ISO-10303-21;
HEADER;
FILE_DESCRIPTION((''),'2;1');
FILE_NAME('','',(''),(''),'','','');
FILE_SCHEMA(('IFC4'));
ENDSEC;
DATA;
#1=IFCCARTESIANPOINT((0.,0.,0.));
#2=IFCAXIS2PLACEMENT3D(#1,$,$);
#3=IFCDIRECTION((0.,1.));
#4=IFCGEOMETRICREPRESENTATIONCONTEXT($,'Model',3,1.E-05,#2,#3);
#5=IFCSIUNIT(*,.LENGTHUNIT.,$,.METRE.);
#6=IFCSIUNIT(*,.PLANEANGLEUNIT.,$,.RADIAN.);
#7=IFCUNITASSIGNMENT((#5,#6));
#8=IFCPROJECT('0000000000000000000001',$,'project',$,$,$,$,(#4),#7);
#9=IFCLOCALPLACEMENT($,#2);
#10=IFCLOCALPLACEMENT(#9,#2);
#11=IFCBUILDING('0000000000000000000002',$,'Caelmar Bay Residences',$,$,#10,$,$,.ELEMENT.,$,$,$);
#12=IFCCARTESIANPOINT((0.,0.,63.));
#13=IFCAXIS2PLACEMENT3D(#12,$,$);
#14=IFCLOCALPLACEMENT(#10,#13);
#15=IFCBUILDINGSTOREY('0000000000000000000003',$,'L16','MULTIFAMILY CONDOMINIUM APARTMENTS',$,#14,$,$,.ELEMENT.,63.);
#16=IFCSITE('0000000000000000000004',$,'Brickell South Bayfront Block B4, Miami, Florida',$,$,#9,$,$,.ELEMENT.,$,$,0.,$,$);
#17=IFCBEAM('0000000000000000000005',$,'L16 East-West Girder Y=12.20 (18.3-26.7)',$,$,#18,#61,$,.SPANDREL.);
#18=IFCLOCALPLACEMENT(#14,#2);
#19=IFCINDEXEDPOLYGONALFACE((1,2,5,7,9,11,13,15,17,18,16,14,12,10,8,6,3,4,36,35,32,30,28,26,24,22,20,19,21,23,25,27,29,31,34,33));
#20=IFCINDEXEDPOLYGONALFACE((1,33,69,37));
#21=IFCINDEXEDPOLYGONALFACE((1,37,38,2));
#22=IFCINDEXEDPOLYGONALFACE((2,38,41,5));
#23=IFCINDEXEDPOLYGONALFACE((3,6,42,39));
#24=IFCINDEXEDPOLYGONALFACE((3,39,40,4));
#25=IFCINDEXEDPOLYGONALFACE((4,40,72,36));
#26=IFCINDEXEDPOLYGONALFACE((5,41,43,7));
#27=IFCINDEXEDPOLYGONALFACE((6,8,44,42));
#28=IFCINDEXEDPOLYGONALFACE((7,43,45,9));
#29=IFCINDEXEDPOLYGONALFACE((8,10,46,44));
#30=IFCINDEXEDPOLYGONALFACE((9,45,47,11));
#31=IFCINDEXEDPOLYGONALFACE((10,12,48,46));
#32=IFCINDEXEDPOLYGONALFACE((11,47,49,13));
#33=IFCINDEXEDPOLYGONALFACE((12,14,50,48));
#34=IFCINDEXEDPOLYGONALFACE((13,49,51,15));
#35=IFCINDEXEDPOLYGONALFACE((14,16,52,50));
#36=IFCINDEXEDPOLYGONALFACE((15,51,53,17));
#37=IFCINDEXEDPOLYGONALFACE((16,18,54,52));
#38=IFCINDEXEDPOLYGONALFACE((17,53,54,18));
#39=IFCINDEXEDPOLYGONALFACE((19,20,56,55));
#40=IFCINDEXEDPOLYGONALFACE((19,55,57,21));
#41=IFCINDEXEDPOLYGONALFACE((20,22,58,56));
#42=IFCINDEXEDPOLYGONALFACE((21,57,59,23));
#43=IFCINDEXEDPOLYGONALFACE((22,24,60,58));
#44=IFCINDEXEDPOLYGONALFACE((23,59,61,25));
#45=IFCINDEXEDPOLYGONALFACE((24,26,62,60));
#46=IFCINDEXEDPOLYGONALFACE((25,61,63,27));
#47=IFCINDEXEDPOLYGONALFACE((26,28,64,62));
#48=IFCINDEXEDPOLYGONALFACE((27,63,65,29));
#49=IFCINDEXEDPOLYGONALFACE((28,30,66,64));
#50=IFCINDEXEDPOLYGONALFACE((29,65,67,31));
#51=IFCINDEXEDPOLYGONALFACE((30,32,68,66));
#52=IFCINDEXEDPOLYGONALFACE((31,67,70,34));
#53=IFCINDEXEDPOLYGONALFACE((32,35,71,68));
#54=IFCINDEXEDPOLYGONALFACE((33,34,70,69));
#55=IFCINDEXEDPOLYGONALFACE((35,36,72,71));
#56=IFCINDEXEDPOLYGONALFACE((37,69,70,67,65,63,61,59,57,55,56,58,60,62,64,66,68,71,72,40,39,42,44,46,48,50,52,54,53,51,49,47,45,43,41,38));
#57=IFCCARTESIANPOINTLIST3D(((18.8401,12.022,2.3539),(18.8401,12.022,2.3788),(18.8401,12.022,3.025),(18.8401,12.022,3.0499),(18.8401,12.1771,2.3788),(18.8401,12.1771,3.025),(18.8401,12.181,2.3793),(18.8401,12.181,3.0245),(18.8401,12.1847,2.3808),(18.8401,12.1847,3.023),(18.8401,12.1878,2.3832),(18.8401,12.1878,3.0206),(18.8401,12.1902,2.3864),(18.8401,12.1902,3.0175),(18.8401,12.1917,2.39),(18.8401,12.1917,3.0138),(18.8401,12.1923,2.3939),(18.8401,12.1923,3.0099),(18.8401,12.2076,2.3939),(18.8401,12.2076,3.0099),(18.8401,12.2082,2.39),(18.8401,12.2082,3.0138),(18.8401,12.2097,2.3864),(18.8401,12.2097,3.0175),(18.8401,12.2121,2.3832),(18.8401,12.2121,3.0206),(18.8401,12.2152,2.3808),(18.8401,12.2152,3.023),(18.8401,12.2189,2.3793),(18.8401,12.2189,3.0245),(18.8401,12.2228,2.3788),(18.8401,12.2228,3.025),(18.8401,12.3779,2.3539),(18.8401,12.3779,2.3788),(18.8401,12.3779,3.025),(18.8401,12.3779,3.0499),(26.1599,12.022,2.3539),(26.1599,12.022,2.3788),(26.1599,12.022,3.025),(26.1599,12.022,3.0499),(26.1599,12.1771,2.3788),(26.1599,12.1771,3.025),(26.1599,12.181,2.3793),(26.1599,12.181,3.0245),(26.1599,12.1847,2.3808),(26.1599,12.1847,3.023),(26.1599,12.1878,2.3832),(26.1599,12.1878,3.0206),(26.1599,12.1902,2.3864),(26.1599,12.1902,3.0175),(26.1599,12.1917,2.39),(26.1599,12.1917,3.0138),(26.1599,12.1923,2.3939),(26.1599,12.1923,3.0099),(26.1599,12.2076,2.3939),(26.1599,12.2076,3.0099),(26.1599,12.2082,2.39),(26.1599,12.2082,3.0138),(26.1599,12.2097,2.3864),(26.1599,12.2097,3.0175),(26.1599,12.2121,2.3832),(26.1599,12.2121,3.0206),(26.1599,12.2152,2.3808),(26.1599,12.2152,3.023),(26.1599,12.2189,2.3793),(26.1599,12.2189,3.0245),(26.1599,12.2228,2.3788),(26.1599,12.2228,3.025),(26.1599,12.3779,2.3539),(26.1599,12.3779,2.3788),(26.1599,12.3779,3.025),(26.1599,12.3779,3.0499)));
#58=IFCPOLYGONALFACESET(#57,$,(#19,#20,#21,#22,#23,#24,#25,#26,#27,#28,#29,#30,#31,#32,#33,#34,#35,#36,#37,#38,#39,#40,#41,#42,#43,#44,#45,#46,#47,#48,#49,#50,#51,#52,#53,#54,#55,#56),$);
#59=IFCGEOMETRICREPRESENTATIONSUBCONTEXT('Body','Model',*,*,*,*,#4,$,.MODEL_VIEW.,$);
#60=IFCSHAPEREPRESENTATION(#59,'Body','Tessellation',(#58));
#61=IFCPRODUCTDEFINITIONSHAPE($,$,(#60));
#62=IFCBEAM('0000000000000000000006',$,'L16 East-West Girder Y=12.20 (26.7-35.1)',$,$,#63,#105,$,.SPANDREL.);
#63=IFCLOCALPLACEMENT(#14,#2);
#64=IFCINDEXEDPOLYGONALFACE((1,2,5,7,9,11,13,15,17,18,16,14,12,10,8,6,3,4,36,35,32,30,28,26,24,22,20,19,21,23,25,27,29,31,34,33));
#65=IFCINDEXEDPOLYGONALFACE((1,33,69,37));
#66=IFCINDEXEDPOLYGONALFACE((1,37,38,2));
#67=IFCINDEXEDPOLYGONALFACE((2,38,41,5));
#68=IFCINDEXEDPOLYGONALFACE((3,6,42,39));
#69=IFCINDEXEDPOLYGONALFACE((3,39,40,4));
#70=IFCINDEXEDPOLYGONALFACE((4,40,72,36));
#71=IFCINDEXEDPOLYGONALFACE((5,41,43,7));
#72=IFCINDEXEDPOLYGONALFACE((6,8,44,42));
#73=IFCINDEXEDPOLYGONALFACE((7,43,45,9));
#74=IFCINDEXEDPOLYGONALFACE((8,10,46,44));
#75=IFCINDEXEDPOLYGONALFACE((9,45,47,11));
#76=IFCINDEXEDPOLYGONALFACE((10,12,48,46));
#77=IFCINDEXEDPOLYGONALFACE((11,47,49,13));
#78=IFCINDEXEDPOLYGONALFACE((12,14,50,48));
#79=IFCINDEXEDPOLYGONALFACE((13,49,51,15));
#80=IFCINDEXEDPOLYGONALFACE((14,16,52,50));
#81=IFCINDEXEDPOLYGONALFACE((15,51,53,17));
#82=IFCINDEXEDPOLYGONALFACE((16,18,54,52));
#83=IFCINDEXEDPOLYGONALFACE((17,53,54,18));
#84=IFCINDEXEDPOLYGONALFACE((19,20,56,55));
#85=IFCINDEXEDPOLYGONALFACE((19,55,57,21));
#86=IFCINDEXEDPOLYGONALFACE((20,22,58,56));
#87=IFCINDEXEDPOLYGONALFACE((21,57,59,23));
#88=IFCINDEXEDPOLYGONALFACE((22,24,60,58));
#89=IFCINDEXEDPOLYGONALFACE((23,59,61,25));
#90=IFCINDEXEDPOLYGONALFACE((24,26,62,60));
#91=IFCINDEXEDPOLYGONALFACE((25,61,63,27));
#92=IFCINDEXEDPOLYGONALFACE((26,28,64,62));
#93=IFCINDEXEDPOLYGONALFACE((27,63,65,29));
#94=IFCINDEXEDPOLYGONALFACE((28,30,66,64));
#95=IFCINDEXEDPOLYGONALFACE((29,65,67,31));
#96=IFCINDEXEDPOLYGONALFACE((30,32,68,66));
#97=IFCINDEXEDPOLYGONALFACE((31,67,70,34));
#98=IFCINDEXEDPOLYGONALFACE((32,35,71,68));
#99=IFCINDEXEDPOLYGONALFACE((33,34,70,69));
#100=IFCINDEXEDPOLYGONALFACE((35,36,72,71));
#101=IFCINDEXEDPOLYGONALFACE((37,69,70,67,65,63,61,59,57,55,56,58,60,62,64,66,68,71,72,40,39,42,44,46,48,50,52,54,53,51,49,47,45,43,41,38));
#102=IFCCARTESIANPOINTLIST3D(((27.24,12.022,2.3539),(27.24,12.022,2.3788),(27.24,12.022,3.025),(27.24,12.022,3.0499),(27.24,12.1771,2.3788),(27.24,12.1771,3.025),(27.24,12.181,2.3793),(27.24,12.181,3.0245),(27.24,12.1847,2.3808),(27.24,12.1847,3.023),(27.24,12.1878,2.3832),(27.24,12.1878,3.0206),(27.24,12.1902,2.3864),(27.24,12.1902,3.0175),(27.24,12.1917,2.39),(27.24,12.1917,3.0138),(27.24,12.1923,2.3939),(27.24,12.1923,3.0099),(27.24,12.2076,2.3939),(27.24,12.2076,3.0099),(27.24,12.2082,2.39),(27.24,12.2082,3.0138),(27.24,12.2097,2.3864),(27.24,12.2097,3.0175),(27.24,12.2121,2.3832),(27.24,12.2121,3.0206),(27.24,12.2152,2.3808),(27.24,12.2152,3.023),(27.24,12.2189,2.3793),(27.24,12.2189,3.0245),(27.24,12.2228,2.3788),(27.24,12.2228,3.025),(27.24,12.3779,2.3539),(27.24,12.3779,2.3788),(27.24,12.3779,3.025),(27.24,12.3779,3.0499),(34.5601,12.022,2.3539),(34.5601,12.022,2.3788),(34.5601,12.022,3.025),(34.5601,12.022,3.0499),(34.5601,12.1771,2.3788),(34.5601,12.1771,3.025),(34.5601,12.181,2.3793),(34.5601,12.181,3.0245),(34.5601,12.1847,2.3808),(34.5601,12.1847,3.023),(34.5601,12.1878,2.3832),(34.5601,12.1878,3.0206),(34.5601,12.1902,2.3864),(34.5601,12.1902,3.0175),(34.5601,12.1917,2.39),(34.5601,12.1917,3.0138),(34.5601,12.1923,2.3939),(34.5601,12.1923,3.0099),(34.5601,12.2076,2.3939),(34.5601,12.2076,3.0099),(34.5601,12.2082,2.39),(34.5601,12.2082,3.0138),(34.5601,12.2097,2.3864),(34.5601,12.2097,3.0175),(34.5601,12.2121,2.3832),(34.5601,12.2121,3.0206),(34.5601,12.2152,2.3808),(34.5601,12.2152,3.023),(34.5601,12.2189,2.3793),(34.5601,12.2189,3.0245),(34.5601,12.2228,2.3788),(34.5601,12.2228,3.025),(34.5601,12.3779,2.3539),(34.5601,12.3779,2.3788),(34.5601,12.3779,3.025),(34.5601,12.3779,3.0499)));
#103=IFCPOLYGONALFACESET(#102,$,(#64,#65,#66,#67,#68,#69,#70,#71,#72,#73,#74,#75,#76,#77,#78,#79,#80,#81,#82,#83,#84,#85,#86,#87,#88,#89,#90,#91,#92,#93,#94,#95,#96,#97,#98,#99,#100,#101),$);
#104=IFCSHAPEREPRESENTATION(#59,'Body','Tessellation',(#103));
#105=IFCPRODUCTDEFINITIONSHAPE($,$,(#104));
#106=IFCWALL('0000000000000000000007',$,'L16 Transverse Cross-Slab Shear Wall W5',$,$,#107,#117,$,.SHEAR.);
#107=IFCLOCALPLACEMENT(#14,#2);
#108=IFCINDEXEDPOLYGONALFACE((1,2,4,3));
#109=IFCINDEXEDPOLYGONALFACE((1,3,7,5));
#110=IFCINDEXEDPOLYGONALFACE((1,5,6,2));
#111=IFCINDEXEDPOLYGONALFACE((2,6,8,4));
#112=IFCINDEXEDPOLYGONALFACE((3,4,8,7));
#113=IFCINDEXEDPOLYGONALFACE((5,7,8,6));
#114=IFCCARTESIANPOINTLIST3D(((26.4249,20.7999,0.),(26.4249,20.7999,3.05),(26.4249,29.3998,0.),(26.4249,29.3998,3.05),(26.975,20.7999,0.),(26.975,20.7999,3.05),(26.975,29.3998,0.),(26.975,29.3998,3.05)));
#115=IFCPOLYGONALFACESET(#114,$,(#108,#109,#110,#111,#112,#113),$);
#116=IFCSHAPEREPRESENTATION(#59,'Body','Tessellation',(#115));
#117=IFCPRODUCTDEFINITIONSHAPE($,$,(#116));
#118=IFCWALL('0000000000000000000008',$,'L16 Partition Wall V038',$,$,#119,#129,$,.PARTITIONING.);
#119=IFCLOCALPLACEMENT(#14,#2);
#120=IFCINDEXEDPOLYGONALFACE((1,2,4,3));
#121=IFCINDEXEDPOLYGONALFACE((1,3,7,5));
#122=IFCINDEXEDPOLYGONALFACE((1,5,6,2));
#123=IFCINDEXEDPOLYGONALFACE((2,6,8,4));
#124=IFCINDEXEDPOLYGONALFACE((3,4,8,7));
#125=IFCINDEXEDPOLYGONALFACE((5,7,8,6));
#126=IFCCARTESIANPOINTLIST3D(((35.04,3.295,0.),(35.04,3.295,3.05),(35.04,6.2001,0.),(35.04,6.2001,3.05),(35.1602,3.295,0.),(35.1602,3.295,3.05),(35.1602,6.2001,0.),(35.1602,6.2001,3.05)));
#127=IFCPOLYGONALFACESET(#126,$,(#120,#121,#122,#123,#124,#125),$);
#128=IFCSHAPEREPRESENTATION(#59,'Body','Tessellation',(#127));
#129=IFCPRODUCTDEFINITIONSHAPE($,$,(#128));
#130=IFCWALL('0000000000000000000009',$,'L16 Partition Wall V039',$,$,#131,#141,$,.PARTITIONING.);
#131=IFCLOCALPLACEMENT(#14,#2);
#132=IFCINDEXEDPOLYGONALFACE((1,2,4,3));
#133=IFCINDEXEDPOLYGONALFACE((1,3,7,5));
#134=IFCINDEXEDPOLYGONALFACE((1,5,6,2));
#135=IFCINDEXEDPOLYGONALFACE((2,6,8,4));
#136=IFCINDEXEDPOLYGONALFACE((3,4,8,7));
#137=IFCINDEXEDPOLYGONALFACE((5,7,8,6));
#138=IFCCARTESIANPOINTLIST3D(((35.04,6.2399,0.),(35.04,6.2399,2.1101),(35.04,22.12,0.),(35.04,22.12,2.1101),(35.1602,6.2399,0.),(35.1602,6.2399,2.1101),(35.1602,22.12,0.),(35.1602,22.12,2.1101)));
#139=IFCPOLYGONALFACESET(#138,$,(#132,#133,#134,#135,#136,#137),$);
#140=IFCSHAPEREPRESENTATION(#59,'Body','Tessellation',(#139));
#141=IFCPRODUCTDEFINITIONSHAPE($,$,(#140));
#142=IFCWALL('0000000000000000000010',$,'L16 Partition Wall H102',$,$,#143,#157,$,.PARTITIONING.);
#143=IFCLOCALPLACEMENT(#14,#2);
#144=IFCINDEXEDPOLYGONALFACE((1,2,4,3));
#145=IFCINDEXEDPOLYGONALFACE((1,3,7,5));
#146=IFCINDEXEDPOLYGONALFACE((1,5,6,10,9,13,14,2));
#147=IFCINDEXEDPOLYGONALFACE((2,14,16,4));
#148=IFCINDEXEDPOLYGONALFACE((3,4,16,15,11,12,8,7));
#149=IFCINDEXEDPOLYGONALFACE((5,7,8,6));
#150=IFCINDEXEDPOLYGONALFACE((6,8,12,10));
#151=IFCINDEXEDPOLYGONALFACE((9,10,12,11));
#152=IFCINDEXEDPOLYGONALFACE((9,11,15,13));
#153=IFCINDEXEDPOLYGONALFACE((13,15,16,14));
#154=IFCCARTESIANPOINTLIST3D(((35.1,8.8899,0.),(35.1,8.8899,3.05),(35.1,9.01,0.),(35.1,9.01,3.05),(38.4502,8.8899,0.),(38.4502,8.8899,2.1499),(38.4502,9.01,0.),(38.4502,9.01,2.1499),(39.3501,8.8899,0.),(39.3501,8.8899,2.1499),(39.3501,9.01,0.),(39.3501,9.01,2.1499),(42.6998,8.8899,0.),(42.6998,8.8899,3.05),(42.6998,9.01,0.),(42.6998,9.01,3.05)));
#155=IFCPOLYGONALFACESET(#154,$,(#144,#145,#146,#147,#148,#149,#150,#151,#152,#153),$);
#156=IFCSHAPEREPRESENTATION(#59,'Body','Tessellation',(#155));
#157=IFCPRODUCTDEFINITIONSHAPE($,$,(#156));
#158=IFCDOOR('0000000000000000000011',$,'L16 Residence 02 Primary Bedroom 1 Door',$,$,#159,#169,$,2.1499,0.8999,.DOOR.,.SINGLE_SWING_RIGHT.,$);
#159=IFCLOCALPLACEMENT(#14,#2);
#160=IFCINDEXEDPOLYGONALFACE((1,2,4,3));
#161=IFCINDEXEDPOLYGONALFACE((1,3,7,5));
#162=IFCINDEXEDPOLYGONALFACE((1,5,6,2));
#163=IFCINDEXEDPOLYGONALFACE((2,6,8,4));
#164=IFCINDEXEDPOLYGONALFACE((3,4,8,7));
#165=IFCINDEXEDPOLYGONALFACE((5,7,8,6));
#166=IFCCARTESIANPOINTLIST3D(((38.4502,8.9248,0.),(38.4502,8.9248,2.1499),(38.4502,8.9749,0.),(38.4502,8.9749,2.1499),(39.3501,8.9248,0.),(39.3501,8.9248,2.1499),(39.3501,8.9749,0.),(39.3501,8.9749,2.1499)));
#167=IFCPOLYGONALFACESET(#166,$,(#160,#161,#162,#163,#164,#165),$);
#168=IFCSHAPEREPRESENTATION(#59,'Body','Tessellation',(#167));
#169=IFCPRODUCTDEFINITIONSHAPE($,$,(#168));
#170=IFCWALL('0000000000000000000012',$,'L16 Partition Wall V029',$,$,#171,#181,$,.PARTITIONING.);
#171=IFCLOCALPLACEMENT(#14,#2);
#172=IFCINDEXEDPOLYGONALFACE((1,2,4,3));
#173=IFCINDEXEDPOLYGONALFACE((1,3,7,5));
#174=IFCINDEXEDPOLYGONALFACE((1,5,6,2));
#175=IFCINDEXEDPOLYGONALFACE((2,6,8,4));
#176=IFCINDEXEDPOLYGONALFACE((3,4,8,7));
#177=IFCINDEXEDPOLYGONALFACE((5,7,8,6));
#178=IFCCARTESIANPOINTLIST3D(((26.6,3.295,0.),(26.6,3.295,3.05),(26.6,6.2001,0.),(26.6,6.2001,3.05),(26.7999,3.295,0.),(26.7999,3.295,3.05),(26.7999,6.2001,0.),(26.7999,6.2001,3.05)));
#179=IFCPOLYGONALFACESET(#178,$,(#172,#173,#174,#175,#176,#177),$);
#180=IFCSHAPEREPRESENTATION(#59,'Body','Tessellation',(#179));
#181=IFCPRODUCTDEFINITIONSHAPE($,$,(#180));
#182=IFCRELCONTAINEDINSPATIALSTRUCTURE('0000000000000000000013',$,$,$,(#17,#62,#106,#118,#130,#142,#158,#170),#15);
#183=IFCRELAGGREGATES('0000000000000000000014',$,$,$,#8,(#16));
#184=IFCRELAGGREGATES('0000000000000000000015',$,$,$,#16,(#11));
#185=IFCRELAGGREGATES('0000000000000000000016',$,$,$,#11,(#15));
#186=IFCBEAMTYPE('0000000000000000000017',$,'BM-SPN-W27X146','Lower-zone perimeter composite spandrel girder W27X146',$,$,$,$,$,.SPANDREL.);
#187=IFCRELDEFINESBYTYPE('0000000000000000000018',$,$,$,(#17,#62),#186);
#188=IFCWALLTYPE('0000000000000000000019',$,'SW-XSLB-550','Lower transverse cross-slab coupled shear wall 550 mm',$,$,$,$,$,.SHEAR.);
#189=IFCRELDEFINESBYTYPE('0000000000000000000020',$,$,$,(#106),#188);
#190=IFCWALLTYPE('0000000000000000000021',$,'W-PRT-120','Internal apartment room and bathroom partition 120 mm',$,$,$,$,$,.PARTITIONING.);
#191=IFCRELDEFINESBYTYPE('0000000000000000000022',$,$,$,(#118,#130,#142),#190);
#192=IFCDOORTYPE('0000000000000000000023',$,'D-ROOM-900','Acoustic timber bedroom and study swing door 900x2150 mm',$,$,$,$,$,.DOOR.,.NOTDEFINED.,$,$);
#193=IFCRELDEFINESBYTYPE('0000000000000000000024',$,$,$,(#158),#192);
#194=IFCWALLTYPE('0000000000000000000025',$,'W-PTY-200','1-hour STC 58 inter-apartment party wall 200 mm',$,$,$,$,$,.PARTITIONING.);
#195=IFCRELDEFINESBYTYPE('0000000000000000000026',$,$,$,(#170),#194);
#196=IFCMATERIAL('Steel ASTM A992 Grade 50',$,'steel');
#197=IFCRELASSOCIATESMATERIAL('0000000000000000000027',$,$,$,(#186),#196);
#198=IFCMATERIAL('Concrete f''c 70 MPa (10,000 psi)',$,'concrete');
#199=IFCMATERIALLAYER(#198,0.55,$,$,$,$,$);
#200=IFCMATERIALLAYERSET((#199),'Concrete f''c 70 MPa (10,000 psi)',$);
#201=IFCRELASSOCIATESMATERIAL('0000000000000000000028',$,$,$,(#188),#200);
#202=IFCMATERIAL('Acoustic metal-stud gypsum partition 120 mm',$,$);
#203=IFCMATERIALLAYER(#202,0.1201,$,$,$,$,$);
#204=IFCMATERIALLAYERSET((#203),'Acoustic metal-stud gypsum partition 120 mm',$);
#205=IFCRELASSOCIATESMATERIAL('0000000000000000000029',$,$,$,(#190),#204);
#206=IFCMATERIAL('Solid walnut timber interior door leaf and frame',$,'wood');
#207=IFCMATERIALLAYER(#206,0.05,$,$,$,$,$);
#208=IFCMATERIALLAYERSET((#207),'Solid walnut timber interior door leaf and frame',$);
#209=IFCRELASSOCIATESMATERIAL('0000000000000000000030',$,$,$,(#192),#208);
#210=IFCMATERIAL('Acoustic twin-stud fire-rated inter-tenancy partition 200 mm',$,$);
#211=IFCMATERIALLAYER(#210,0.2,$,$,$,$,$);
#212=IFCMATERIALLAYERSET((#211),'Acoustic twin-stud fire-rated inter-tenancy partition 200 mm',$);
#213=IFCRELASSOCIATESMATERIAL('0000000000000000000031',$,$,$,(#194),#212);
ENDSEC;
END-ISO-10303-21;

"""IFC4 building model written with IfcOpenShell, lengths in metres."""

from ifc_helpers import new_model, si_unit, direction, frame, frame_2d, origin, origin_2d, place, context, subcontext, project, spatial, rectangle, i_section, extrude, material, layer, layer_set, material_profile, profile_set, type_object, element, fill, save


model = new_model("IFC4")

# Units and contexts
model_context = context("Model", 3, precision=1e-05, world=origin(), true_north=direction((0.0, 1.0)))
body_context = subcontext(model_context, "Body", "Model", "MODEL_VIEW")
ifc_project = project(units=[si_unit("LENGTHUNIT", "METRE"), si_unit("PLANEANGLEUNIT", "RADIAN")], contexts=[model_context])

# Site, building, storey
site_placement = place(None, origin())
site = spatial("IfcSite", under=ifc_project, at=site_placement, Name="Brickell South Bayfront Block B4, Miami, Florida", CompositionType="ELEMENT", RefElevation=0.0)
building_placement = place(site_placement, origin())
building = spatial("IfcBuilding", under=site, at=building_placement, Name="Caelmar Bay Residences", CompositionType="ELEMENT")
storey_placement = place(building_placement, frame((0.0, 0.0, 63.0)))
storey = spatial("IfcBuildingStorey", under=building, at=storey_placement, Name="L16", Description="MULTIFAMILY CONDOMINIUM APARTMENTS", CompositionType="ELEMENT", Elevation=63.0)

# Shared definitions
ifc_material_1 = material(Name="Concrete f'c 70 MPa (10,000 psi)", Category="concrete")

# Beams
ifc_material_2 = material(Name="Steel ASTM A992 Grade 50", Category="steel")
ifc_material_profile_1 = material_profile(ifc_material_2, i_section(OverallWidth=0.356, OverallDepth=0.696, WebThickness=0.0154, FlangeThickness=0.0249, FilletRadius=0.0151, at=origin_2d()), Name="W27X146")
ifc_profile_set_1 = profile_set([ifc_material_profile_1], Name="Steel ASTM A992 Grade 50")
beam_type_1 = type_object("IfcBeamType", Name="BM-SPN-W27X146", Description="Lower-zone perimeter composite spandrel girder W27X146", PredefinedType="SPANDREL", material=ifc_profile_set_1)
beam_1_placement = place(storey_placement, frame((18.8401, 12.2, 2.7019), z_axis=(1.0, 0.0, 0.0), x_axis=(0.0, 1.0, 0.0)))
element("IfcBeam", 1, at=beam_1_placement, inside=storey, type_object=beam_type_1, Name="L16 East-West Girder Y=12.20 (18.3-26.7)", PredefinedType="SPANDREL", context=body_context, shape_type="SweptSolid", body=[
    extrude(i_section(OverallWidth=0.356, OverallDepth=0.696, WebThickness=0.0154, FlangeThickness=0.0249, FilletRadius=0.0151, at=origin_2d()), origin(), (0.0, 0.0, 1.0), 7.3198),
])
beam_2_placement = place(storey_placement, frame((27.24, 12.2, 2.7019), z_axis=(1.0, 0.0, 0.0), x_axis=(0.0, 1.0, 0.0)))
element("IfcBeam", 2, at=beam_2_placement, inside=storey, type_object=beam_type_1, Name="L16 East-West Girder Y=12.20 (26.7-35.1)", PredefinedType="SPANDREL", context=body_context, shape_type="SweptSolid", body=[
    extrude(i_section(OverallWidth=0.356, OverallDepth=0.696, WebThickness=0.0154, FlangeThickness=0.0249, FilletRadius=0.0151, at=origin_2d()), origin(), (0.0, 0.0, 1.0), 7.3201),
])

# Walls
ifc_layer_1 = layer(ifc_material_1, 0.55)
ifc_layer_set_1 = layer_set([ifc_layer_1], Name="Concrete f'c 70 MPa (10,000 psi)")
wall_type_1 = type_object("IfcWallType", Name="SW-XSLB-550", Description="Lower transverse cross-slab coupled shear wall 550 mm", PredefinedType="SHEAR", material=ifc_layer_set_1)
wall_1_placement = place(storey_placement, frame((26.7, 20.8, 0.0), z_axis=(0.0, 0.0, 1.0), x_axis=(0.0, 1.0, 0.0)))
element("IfcWall", 3, at=wall_1_placement, inside=storey, type_object=wall_type_1, Name="L16 Transverse Cross-Slab Shear Wall W5", PredefinedType="SHEAR", context=body_context, shape_type="SweptSolid", body=[
    extrude(rectangle(XDim=8.5999, YDim=0.55, at=frame_2d((4.2998, 0.0))), origin(), (0.0, 0.0, 1.0), 3.05),
])
ifc_material_3 = material(Name="Acoustic metal-stud gypsum partition 120 mm")
ifc_layer_2 = layer(ifc_material_3, 0.1201)
ifc_layer_set_2 = layer_set([ifc_layer_2], Name="Acoustic metal-stud gypsum partition 120 mm")
wall_type_2 = type_object("IfcWallType", Name="W-PRT-120", Description="Internal apartment room and bathroom partition 120 mm", PredefinedType="PARTITIONING", material=ifc_layer_set_2)
wall_2_placement = place(storey_placement, frame((35.1001, 3.2949, 0.0), z_axis=(0.0, 0.0, 1.0), x_axis=(0.0, 1.0, 0.0)))
element("IfcWall", 4, at=wall_2_placement, inside=storey, type_object=wall_type_2, Name="L16 Partition Wall V038", PredefinedType="PARTITIONING", context=body_context, shape_type="SweptSolid", body=[
    extrude(rectangle(XDim=2.905, YDim=0.1201, at=frame_2d((1.4526, 0.0))), origin(), (0.0, 0.0, 1.0), 3.05),
])
wall_3_placement = place(storey_placement, frame((35.1001, 6.24, 0.0), z_axis=(0.0, 0.0, 1.0), x_axis=(0.0, 1.0, 0.0)))
element("IfcWall", 5, at=wall_3_placement, inside=storey, type_object=wall_type_2, Name="L16 Partition Wall V039", PredefinedType="PARTITIONING", context=body_context, shape_type="SweptSolid", body=[
    extrude(rectangle(XDim=15.8801, YDim=0.1201, at=frame_2d((7.9399, 0.0))), origin(), (0.0, 0.0, 1.0), 2.1101),
])

# Wall, opening, door
wall_4_placement = place(storey_placement, frame((35.1001, 8.95, 0.0), z_axis=(0.0, 0.0, 1.0), x_axis=(1.0, 0.0, 0.0)))
wall_4 = element("IfcWall", 6, at=wall_4_placement, inside=storey, type_object=wall_type_2, Name="L16 Partition Wall H102", PredefinedType="PARTITIONING", context=body_context, shape_type="SweptSolid", body=[
    extrude(rectangle(XDim=7.5999, YDim=0.1201, at=frame_2d((3.7998, 0.0))), origin(), (0.0, 0.0, 1.0), 3.05),
])
opening_placement = place(wall_4_placement, frame((3.3501, 0.0, 0.0)))
opening = element("IfcOpeningElement", 7, at=opening_placement, cuts=wall_4, PredefinedType="OPENING", context=body_context, shape_type="SweptSolid", body=[
    extrude(rectangle(XDim=0.8999, YDim=2.1499, at=frame_2d((0.45, 1.075))), frame((0.0, 0.0701, 0.0), z_axis=(0.0, -1.0, 0.0), x_axis=(1.0, 0.0, 0.0)), (0.0, 0.0, 1.0), 0.1401),
])
ifc_material_4 = material(Name="Solid walnut timber interior door leaf and frame", Category="wood")
ifc_layer_3 = layer(ifc_material_4, 0.05)
ifc_layer_set_3 = layer_set([ifc_layer_3], Name="Solid walnut timber interior door leaf and frame")
door_type = type_object("IfcDoorType", Name="D-ROOM-900", Description="Acoustic timber bedroom and study swing door 900x2150 mm", OperationType="NOTDEFINED", PredefinedType="DOOR", material=ifc_layer_set_3)
door_placement = place(opening_placement, origin())
door = element("IfcDoor", 8, at=door_placement, inside=storey, type_object=door_type, Name="L16 Residence 02 Primary Bedroom 1 Door", OperationType="SINGLE_SWING_RIGHT", OverallHeight=2.1499, OverallWidth=0.8999, PredefinedType="DOOR", context=body_context, shape_type="SweptSolid", body=[
    extrude(rectangle(XDim=0.8999, YDim=2.1499, at=frame_2d((0.45, 1.075))), frame((0.0, 0.0249, 0.0), z_axis=(0.0, -1.0, 0.0), x_axis=(1.0, 0.0, 0.0)), (0.0, 0.0, 1.0), 0.05),
])
fill(opening, door)

# Wall
ifc_material_5 = material(Name="Acoustic twin-stud fire-rated inter-tenancy partition 200 mm")
ifc_layer_4 = layer(ifc_material_5, 0.2)
ifc_layer_set_4 = layer_set([ifc_layer_4], Name="Acoustic twin-stud fire-rated inter-tenancy partition 200 mm")
wall_type_3 = type_object("IfcWallType", Name="W-PTY-200", Description="1-hour STC 58 inter-apartment party wall 200 mm", PredefinedType="PARTITIONING", material=ifc_layer_set_4)
wall_5_placement = place(storey_placement, frame((26.7, 3.2949, 0.0), z_axis=(0.0, 0.0, 1.0), x_axis=(0.0, 1.0, 0.0)))
element("IfcWall", 9, at=wall_5_placement, inside=storey, type_object=wall_type_3, Name="L16 Partition Wall V029", PredefinedType="PARTITIONING", context=body_context, shape_type="SweptSolid", body=[
    extrude(rectangle(XDim=2.905, YDim=0.2, at=frame_2d((1.4526, 0.0))), origin(), (0.0, 0.0, 1.0), 3.05),
])

save(model, "model.ifc")
